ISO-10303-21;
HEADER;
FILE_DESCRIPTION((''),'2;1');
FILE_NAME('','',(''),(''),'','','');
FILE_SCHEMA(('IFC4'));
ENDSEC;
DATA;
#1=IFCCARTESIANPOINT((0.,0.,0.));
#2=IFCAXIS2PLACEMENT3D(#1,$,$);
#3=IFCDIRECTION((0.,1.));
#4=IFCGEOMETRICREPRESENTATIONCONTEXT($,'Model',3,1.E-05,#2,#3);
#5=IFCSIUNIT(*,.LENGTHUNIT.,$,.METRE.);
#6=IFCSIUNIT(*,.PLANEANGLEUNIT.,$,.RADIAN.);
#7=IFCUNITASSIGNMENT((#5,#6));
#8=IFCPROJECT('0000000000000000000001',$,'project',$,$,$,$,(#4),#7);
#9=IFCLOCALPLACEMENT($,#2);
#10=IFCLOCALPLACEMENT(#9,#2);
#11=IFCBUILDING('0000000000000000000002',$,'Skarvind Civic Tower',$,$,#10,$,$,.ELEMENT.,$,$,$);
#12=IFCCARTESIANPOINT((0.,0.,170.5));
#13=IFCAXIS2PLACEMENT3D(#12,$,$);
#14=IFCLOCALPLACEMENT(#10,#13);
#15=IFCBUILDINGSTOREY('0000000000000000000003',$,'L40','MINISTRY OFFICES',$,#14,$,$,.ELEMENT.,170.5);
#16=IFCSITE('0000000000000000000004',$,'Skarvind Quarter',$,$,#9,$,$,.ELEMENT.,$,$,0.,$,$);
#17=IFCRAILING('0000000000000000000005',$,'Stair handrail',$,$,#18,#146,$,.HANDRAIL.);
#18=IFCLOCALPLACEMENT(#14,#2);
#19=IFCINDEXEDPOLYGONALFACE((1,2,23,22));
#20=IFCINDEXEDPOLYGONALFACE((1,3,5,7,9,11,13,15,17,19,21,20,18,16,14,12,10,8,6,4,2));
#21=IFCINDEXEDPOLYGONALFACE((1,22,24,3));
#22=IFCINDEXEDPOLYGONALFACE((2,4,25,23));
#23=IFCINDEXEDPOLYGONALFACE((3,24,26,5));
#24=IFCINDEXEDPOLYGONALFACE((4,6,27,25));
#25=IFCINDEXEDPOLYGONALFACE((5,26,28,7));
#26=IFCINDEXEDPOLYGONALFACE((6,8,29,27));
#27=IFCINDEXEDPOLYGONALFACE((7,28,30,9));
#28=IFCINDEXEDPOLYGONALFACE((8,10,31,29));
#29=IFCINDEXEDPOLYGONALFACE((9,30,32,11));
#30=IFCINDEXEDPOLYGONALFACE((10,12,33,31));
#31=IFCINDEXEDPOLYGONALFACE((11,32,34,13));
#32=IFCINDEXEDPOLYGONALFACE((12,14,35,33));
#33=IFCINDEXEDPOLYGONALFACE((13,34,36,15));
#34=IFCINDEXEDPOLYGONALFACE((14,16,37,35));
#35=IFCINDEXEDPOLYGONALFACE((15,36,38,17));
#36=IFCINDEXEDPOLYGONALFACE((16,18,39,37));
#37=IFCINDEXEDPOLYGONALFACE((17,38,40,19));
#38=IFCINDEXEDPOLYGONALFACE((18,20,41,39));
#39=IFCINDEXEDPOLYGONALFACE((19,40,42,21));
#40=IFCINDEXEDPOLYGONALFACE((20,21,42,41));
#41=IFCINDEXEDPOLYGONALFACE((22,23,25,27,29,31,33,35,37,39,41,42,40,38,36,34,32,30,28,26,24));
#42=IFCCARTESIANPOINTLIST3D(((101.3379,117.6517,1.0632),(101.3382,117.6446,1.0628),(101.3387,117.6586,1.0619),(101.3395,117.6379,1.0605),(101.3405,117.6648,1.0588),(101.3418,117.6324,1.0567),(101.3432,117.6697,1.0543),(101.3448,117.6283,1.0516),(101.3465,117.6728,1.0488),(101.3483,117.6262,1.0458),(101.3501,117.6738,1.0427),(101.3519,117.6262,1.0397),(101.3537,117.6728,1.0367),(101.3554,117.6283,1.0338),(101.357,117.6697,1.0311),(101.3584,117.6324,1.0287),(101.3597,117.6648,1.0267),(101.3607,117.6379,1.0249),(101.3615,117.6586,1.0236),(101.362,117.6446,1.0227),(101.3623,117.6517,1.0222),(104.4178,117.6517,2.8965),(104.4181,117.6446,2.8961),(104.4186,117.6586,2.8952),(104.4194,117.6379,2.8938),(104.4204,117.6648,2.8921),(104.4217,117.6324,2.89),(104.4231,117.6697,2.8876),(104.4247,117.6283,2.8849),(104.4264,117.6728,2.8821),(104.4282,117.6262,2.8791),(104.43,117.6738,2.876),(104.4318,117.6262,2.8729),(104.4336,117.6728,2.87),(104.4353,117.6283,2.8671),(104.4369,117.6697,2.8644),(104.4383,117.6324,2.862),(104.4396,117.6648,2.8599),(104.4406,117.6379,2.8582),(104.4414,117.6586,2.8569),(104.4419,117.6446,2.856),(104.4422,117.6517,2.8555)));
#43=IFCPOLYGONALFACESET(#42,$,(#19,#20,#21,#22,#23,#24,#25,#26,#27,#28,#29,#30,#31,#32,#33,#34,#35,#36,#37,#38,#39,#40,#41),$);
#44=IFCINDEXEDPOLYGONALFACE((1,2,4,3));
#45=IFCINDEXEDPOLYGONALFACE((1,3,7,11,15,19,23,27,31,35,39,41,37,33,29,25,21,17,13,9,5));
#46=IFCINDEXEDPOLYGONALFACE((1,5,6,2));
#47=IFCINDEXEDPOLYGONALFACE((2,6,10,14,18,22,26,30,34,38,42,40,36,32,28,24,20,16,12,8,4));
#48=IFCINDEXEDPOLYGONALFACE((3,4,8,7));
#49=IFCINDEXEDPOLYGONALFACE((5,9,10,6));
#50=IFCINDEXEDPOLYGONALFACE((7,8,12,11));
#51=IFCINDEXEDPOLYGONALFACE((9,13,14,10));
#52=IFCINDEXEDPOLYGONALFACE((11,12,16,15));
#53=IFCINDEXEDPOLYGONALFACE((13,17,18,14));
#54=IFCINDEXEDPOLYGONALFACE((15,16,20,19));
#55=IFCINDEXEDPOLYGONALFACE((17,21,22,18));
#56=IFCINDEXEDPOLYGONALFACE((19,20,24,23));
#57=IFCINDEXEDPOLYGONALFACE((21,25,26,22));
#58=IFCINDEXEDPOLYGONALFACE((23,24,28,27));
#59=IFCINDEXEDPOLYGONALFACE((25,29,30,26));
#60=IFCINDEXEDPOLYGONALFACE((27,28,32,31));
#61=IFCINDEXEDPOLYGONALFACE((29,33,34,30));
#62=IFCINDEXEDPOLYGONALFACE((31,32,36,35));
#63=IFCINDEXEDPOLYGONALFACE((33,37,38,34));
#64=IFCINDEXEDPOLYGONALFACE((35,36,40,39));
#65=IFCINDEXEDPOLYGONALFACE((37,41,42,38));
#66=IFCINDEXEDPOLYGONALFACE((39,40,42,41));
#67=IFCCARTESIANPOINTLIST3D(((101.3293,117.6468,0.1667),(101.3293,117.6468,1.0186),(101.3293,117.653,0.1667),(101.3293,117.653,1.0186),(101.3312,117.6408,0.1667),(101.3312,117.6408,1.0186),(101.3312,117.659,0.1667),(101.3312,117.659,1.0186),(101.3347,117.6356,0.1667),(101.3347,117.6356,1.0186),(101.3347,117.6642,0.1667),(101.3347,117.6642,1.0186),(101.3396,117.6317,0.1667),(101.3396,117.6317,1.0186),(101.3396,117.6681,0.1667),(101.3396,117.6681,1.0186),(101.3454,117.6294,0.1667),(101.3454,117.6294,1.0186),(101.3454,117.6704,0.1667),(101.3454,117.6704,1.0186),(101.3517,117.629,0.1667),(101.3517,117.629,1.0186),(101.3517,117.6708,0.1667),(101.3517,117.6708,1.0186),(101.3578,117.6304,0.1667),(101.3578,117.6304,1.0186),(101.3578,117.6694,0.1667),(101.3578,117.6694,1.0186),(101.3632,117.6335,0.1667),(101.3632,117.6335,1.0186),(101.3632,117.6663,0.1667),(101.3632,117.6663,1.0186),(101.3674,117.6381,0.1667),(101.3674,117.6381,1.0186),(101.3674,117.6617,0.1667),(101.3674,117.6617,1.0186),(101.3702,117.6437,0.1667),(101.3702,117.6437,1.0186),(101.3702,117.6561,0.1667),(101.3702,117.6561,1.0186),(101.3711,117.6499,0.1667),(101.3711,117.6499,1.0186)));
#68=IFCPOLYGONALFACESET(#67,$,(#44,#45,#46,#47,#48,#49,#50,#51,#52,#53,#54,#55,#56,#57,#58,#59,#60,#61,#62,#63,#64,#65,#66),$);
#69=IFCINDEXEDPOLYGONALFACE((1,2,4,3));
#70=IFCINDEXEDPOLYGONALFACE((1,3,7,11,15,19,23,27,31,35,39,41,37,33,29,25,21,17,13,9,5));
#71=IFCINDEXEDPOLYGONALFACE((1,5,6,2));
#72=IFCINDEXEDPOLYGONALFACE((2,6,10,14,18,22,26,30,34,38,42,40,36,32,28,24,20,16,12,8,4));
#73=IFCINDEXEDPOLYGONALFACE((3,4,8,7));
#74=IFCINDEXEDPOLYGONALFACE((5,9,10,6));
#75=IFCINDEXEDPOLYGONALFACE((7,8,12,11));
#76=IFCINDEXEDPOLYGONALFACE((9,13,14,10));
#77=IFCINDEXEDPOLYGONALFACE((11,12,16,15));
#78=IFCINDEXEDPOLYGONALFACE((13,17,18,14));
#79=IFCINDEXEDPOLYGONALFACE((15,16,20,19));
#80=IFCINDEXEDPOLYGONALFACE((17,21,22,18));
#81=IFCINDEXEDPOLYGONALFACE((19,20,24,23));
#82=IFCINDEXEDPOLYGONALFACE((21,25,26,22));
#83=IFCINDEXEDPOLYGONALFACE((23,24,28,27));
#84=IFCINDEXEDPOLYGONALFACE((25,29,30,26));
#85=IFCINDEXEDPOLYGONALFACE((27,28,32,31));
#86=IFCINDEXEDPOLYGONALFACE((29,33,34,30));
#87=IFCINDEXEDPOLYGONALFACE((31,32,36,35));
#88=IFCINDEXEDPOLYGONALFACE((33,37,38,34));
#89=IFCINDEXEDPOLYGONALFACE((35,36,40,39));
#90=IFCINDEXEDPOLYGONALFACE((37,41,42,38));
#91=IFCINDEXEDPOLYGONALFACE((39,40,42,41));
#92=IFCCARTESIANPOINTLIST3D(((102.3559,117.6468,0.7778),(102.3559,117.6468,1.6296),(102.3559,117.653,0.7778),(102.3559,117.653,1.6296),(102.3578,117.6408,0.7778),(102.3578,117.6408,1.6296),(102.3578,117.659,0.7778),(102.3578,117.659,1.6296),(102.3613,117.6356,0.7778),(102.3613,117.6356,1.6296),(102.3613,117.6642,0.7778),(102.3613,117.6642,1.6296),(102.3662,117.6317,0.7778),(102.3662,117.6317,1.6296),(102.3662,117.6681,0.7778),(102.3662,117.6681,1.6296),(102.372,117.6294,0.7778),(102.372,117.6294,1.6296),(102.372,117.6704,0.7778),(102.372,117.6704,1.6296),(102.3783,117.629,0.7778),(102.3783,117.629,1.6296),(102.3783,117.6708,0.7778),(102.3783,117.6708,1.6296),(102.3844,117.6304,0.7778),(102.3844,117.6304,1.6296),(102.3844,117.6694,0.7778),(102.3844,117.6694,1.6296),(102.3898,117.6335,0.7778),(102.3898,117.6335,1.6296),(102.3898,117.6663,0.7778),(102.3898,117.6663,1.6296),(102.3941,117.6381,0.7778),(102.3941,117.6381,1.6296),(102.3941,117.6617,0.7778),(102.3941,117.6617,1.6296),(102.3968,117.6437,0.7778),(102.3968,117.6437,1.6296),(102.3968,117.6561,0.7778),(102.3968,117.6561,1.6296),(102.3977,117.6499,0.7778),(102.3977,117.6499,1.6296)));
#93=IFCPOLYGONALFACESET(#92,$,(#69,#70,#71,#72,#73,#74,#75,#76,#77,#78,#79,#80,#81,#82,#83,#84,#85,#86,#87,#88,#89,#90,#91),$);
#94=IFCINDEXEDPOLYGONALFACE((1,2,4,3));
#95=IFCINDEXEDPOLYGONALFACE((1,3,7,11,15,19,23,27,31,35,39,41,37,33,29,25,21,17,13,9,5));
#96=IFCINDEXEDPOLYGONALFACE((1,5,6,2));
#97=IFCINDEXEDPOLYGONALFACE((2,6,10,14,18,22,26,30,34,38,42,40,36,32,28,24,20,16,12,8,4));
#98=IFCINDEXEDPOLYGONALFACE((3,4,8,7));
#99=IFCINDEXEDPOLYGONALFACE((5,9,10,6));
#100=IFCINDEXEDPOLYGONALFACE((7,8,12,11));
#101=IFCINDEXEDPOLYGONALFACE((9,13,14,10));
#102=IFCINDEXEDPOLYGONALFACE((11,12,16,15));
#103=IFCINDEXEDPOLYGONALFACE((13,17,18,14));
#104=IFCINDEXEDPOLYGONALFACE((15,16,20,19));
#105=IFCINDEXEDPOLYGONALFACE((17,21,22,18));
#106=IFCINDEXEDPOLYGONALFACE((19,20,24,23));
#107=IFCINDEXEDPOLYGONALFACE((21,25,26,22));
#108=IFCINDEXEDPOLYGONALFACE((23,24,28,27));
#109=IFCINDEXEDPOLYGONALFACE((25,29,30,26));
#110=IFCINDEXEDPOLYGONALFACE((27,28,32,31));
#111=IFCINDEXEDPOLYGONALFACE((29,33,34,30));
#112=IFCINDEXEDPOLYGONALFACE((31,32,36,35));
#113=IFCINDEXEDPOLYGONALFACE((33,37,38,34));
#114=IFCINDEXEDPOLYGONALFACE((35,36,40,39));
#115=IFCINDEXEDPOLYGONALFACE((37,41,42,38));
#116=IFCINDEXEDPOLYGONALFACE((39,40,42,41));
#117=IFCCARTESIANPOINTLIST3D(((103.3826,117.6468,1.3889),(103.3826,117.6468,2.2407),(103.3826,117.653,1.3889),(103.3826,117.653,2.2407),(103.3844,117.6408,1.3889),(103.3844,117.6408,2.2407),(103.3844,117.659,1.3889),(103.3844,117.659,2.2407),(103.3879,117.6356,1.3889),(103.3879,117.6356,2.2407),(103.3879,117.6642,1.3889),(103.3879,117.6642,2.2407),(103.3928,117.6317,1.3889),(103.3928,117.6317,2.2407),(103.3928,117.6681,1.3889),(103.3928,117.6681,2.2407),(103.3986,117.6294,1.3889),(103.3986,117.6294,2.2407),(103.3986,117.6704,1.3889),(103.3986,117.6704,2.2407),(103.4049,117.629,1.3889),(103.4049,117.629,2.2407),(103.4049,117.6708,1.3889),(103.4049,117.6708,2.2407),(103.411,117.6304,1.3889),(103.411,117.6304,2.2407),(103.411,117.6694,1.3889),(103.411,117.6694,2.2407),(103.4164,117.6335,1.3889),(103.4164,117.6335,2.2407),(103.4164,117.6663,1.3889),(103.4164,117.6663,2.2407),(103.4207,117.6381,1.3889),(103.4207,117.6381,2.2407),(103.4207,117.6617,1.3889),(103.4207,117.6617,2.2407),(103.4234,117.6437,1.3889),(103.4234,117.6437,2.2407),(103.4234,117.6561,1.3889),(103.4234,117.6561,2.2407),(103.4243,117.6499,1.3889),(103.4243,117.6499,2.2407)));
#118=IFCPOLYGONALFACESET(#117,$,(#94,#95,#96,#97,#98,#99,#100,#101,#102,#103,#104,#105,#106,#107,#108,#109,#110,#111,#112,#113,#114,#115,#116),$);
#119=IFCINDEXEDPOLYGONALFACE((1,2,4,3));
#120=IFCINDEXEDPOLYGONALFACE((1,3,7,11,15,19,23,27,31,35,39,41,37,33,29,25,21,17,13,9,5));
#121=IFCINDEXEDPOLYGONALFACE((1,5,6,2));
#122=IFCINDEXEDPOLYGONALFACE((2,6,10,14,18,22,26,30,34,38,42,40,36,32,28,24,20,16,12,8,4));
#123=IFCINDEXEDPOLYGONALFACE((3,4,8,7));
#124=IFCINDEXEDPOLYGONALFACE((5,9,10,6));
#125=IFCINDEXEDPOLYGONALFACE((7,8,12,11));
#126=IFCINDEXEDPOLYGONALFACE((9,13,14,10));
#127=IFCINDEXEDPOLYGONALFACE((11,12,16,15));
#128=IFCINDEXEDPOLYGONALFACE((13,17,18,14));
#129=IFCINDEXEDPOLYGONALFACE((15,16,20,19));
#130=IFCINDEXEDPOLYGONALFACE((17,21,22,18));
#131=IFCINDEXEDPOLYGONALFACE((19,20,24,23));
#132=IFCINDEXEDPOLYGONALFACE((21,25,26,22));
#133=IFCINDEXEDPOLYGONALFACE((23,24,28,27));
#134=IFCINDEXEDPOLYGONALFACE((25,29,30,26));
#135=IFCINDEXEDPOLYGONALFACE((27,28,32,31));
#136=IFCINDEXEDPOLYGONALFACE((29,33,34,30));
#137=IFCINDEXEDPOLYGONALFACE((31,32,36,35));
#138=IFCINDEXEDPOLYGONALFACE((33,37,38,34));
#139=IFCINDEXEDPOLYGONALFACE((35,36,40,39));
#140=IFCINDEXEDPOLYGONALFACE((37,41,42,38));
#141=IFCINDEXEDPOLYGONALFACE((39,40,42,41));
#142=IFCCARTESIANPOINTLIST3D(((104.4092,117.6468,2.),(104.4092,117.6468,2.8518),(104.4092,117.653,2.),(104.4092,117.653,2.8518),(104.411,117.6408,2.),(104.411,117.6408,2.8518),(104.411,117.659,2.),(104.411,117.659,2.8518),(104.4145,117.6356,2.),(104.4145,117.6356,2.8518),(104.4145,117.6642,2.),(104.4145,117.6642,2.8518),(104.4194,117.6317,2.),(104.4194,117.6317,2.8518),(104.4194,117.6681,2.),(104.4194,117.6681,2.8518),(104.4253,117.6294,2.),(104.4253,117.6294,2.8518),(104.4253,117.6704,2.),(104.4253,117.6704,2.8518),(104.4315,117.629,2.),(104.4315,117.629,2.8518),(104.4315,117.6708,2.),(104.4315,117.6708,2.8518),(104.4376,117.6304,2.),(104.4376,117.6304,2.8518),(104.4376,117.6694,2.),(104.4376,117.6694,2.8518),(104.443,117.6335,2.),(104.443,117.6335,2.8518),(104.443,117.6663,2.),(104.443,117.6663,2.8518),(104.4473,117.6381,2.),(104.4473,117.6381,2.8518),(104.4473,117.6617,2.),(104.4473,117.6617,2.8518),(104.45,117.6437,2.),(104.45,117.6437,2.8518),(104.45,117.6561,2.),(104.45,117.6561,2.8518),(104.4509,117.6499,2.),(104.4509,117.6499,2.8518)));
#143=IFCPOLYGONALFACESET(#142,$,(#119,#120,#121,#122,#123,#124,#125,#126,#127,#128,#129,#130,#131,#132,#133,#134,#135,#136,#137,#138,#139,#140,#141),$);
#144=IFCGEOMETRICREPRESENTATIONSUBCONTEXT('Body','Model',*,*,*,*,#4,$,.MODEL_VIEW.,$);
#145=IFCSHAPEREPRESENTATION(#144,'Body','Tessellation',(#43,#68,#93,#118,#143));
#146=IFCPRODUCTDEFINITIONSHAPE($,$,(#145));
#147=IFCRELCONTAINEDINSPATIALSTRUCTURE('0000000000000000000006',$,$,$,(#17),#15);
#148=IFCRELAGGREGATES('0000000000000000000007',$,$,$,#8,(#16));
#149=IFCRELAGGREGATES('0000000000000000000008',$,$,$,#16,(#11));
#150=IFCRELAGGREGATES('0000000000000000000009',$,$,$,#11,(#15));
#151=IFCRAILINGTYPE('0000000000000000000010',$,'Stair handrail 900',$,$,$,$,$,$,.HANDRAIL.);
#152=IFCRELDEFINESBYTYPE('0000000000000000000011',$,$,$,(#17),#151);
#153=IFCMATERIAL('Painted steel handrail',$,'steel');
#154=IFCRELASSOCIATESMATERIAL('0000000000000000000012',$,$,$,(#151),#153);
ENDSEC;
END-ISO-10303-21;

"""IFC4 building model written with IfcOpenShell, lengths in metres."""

from ifc_helpers import new_model, si_unit, direction, frame, origin, origin_2d, place, context, subcontext, project, spatial, circle, extrude, material, type_object, element, save


model = new_model("IFC4")

# Units and contexts
model_context = context("Model", 3, precision=1e-05, world=origin(), true_north=direction((0.0, 1.0)))
body_context = subcontext(model_context, "Body", "Model", "MODEL_VIEW")
ifc_project = project(units=[si_unit("LENGTHUNIT", "METRE"), si_unit("PLANEANGLEUNIT", "RADIAN")], contexts=[model_context])

# Site, building, storey
site_placement = place(None, origin())
site = spatial("IfcSite", under=ifc_project, at=site_placement, Name="Skarvind Quarter", CompositionType="ELEMENT", RefElevation=0.0)
building_placement = place(site_placement, origin())
building = spatial("IfcBuilding", under=site, at=building_placement, Name="Skarvind Civic Tower", CompositionType="ELEMENT")
storey_placement = place(building_placement, frame((0.0, 0.0, 170.5)))
storey = spatial("IfcBuildingStorey", under=building, at=storey_placement, Name="L40", Description="MINISTRY OFFICES", CompositionType="ELEMENT", Elevation=170.5)

# Railing
ifc_material_1 = material(Name="Painted steel handrail", Category="steel")
railing_type = type_object("IfcRailingType", Name="Stair handrail 900", PredefinedType="HANDRAIL", material=ifc_material_1)
railing_1_placement = place(storey_placement, frame((101.3501, 117.6499, 0.1667)))
element("IfcRailing", 1, at=railing_1_placement, inside=storey, type_object=railing_type, Name="Stair handrail", PredefinedType="HANDRAIL", context=body_context, shape_type="SweptSolid", body=[
    extrude(circle(Radius=0.0239, at=origin_2d()), frame((0.0, 0.0, 0.876), z_axis=(0.859291, 0.0, 0.511487), x_axis=(0.0, 1.0, 0.0)), (0.0, 0.0, 1.0), 3.5842),
    extrude(circle(Radius=0.021, at=origin_2d()), origin(), (0.0, 0.0, 1.0), 0.8518),
    extrude(circle(Radius=0.021, at=origin_2d()), frame((1.0266, 0.0, 0.6111)), (0.0, 0.0, 1.0), 0.8518),
    extrude(circle(Radius=0.021, at=origin_2d()), frame((2.0532, 0.0, 1.2222)), (0.0, 0.0, 1.0), 0.8518),
    extrude(circle(Radius=0.021, at=origin_2d()), frame((3.0798, 0.0, 1.8333)), (0.0, 0.0, 1.0), 0.8518),
])

save(model, "model.ifc")
